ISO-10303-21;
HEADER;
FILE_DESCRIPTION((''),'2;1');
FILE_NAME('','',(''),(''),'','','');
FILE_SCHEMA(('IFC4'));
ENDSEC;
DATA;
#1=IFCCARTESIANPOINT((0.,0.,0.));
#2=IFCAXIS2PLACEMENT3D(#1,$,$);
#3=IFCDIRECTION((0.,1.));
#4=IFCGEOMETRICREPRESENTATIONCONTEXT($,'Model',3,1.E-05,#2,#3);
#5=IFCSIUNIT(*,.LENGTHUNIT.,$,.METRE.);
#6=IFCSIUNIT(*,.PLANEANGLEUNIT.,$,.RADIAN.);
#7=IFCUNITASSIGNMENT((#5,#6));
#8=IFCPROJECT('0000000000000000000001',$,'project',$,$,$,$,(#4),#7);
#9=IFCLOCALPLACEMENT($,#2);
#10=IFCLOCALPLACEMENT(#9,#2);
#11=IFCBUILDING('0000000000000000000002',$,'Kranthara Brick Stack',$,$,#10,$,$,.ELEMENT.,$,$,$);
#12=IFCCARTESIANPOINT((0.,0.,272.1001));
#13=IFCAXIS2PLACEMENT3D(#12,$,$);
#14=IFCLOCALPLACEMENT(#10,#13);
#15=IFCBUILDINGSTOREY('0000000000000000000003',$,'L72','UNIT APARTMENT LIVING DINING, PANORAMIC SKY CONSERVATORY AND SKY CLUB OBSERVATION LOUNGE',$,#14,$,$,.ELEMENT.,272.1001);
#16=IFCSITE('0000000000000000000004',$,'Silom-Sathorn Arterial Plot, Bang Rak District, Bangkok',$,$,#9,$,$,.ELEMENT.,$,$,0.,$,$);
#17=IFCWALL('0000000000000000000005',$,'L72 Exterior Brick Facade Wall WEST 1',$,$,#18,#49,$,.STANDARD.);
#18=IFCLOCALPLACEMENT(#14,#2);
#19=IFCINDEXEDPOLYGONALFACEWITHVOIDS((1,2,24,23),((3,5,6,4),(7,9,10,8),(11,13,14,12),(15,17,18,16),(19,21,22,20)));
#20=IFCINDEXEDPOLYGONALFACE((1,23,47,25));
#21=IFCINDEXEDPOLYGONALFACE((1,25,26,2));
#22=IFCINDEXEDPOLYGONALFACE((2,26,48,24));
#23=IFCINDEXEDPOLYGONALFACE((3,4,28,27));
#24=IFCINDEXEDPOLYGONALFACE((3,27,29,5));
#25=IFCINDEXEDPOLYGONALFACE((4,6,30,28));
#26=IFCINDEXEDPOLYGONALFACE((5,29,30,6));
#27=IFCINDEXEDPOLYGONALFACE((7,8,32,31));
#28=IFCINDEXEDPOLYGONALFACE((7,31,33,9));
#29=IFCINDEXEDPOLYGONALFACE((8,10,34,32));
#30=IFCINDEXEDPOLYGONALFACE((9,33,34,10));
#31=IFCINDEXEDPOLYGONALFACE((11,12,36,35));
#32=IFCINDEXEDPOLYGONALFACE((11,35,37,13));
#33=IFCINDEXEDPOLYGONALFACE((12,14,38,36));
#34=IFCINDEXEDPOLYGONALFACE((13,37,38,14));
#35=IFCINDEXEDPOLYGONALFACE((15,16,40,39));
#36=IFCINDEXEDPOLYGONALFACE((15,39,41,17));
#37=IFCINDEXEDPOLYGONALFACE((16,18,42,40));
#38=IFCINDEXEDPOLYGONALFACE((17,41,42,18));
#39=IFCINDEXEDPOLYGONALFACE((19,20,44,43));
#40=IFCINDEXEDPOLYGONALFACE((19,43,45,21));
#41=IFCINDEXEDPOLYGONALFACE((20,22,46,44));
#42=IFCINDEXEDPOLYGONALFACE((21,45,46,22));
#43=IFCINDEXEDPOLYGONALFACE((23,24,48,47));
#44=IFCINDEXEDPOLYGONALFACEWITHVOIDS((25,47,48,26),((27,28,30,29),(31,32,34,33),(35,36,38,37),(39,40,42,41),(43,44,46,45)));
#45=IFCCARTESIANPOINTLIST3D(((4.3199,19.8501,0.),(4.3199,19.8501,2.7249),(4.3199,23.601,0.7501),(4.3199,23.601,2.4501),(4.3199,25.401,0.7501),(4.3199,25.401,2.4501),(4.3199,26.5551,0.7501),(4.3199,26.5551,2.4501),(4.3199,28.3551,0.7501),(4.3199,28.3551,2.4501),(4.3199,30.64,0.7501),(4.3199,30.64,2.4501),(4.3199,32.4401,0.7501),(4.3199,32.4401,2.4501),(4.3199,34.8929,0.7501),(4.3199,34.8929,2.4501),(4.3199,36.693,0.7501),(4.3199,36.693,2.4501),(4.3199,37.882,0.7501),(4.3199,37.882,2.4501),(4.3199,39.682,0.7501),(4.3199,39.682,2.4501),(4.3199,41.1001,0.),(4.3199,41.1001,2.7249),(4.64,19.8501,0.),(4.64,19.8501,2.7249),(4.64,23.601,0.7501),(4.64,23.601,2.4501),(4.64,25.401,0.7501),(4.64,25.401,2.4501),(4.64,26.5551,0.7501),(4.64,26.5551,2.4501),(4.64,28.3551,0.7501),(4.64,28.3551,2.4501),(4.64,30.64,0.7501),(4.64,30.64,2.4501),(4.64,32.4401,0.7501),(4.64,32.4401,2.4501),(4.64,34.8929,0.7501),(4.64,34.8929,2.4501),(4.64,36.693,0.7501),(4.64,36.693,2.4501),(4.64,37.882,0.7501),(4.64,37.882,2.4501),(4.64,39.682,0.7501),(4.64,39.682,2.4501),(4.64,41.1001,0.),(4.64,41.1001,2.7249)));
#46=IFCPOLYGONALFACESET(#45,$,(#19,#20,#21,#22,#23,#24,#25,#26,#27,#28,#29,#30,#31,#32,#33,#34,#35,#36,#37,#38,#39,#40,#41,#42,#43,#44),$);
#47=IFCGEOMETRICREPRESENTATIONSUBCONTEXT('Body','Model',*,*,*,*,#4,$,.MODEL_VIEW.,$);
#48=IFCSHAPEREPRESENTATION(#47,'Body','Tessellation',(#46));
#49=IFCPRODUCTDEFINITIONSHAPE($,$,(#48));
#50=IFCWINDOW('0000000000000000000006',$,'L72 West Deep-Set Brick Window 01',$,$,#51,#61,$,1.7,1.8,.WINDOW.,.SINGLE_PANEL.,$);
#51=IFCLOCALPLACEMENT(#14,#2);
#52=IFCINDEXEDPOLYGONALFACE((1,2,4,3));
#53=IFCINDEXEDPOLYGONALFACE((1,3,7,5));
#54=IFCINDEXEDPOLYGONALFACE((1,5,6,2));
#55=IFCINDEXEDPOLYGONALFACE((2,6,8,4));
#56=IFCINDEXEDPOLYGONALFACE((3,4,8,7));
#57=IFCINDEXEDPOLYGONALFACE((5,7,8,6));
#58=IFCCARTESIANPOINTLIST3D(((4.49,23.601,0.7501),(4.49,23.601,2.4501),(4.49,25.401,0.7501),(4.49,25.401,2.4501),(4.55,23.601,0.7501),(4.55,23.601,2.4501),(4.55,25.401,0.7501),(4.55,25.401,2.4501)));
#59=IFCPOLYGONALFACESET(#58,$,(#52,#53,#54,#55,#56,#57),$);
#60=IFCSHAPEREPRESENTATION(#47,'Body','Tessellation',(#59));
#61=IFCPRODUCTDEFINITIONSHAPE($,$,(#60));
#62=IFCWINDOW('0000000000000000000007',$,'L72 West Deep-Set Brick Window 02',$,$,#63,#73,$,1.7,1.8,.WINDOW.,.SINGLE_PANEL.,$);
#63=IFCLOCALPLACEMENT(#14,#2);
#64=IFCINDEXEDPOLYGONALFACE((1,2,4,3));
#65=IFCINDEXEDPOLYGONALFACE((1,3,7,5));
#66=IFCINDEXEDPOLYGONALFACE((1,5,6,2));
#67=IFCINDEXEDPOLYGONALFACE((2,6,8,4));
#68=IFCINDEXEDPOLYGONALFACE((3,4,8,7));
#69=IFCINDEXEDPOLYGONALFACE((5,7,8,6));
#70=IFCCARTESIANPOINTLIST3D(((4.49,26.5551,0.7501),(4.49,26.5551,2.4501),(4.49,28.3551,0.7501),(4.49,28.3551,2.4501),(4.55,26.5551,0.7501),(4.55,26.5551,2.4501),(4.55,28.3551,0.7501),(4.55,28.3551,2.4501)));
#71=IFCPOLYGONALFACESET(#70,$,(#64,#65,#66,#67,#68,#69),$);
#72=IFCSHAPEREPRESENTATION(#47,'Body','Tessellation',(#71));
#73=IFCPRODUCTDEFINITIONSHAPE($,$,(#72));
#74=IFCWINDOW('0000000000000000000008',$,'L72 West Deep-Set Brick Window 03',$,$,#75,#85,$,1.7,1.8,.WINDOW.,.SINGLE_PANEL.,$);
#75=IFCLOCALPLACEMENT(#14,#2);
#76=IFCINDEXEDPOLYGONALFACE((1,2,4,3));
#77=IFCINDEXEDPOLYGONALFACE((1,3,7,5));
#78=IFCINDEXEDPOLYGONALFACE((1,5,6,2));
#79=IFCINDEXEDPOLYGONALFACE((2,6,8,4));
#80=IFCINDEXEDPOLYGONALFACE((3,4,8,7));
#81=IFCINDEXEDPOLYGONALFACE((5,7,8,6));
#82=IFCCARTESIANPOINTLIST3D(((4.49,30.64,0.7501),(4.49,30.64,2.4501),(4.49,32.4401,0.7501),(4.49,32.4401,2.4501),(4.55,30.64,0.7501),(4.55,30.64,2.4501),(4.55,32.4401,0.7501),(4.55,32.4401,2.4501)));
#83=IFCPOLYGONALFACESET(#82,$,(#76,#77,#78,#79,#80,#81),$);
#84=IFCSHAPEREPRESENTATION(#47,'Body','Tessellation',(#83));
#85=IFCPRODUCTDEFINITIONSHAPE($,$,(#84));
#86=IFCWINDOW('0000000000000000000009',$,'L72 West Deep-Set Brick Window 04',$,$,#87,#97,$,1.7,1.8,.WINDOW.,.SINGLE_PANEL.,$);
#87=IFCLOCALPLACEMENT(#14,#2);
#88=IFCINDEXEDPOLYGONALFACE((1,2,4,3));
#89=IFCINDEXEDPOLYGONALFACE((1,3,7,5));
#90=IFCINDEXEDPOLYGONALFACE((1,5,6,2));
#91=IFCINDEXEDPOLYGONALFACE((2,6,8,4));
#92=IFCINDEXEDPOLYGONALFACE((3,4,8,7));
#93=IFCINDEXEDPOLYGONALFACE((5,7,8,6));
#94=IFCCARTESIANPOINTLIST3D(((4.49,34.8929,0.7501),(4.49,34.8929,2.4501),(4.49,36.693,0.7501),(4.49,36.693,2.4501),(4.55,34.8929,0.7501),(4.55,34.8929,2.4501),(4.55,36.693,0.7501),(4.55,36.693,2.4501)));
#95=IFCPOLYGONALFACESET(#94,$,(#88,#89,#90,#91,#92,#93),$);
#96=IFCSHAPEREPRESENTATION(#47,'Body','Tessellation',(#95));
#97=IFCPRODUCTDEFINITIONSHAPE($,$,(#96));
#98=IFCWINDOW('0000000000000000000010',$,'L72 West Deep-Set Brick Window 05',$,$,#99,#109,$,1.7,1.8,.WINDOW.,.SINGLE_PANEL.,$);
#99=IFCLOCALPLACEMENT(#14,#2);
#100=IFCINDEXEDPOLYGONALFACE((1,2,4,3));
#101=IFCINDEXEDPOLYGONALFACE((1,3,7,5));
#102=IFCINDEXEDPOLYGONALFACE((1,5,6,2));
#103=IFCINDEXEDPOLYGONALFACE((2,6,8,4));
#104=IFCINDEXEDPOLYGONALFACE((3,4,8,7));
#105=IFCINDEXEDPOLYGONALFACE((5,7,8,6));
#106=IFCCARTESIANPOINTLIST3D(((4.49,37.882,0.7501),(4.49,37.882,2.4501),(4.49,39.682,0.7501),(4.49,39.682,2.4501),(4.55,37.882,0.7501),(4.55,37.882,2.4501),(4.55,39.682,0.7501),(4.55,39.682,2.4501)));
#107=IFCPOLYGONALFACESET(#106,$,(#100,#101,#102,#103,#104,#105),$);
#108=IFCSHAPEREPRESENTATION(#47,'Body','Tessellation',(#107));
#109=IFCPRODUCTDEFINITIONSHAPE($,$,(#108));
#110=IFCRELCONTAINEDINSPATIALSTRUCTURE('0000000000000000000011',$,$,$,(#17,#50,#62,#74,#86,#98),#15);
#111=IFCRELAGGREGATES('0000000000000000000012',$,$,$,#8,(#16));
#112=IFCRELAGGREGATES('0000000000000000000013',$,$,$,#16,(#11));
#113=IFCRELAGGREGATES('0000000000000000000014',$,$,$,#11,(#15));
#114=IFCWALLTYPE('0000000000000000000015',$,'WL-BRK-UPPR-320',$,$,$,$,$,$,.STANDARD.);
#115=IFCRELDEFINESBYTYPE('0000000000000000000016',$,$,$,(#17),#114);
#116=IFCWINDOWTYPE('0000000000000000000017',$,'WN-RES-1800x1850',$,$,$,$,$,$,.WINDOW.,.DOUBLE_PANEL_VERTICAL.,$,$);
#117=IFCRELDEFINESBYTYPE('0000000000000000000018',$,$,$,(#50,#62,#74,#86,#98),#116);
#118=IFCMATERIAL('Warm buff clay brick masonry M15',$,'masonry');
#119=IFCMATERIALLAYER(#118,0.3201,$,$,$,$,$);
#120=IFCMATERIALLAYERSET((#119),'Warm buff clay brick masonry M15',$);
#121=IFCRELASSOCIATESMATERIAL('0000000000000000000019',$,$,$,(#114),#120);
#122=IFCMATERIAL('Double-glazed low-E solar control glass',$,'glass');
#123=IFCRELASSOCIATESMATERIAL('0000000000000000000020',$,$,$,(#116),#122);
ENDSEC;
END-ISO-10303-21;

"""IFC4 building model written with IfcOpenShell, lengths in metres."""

from ifc_helpers import new_model, si_unit, direction, frame, frame_2d, origin, place, context, subcontext, project, spatial, rectangle, extrude, material, layer, layer_set, type_object, element, fill, save


model = new_model("IFC4")

# Units and contexts
model_context = context("Model", 3, precision=1e-05, world=origin(), true_north=direction((0.0, 1.0)))
body_context = subcontext(model_context, "Body", "Model", "MODEL_VIEW")
ifc_project = project(units=[si_unit("LENGTHUNIT", "METRE"), si_unit("PLANEANGLEUNIT", "RADIAN")], contexts=[model_context])

# Site, building, storey
site_placement = place(None, origin())
site = spatial("IfcSite", under=ifc_project, at=site_placement, Name="Silom-Sathorn Arterial Plot, Bang Rak District, Bangkok", CompositionType="ELEMENT", RefElevation=0.0)
building_placement = place(site_placement, origin())
building = spatial("IfcBuilding", under=site, at=building_placement, Name="Kranthara Brick Stack", CompositionType="ELEMENT")
storey_placement = place(building_placement, frame((0.0, 0.0, 272.1001)))
storey = spatial("IfcBuildingStorey", under=building, at=storey_placement, Name="L72", Description="UNIT APARTMENT LIVING DINING, PANORAMIC SKY CONSERVATORY AND SKY CLUB OBSERVATION LOUNGE", CompositionType="ELEMENT", Elevation=272.1001)

# Wall, openings, windows
ifc_material_1 = material(Name="Warm buff clay brick masonry M15", Category="masonry")
ifc_layer_1 = layer(ifc_material_1, 0.3201)
ifc_layer_set_1 = layer_set([ifc_layer_1], Name="Warm buff clay brick masonry M15")
wall_type_1 = type_object("IfcWallType", Name="WL-BRK-UPPR-320", PredefinedType="STANDARD", material=ifc_layer_set_1)
wall_1_placement = place(storey_placement, frame((4.48, 19.8501, 0.0), z_axis=(0.0, 0.0, 1.0), x_axis=(0.0, 1.0, 0.0)))
wall_1 = element("IfcWall", 1, at=wall_1_placement, inside=storey, type_object=wall_type_1, Name="L72 Exterior Brick Facade Wall WEST 1", PredefinedType="STANDARD", context=body_context, shape_type="SweptSolid", body=[
    extrude(rectangle(XDim=21.25, YDim=0.3201, at=frame_2d((10.625, 0.0))), origin(), (0.0, 0.0, 1.0), 2.7249),
])
opening_1_placement = place(wall_1_placement, frame((3.751, 0.0, 0.75)))
opening_1 = element("IfcOpeningElement", 2, at=opening_1_placement, cuts=wall_1, PredefinedType="OPENING", context=body_context, shape_type="SweptSolid", body=[
    extrude(rectangle(XDim=1.8, YDim=1.7, at=frame_2d((0.8999, 0.8501))), frame((0.0, 0.1699, 0.0), z_axis=(0.0, -1.0, 0.0), x_axis=(1.0, 0.0, 0.0)), (0.0, 0.0, 1.0), 0.3401),
])
opening_2_placement = place(wall_1_placement, frame((6.7051, 0.0, 0.75)))
opening_2 = element("IfcOpeningElement", 3, at=opening_2_placement, cuts=wall_1, PredefinedType="OPENING", context=body_context, shape_type="SweptSolid", body=[
    extrude(rectangle(XDim=1.8, YDim=1.7, at=frame_2d((0.8999, 0.8501))), frame((0.0, 0.1699, 0.0), z_axis=(0.0, -1.0, 0.0), x_axis=(1.0, 0.0, 0.0)), (0.0, 0.0, 1.0), 0.3401),
])
opening_3_placement = place(wall_1_placement, frame((10.79, 0.0, 0.75)))
opening_3 = element("IfcOpeningElement", 4, at=opening_3_placement, cuts=wall_1, PredefinedType="OPENING", context=body_context, shape_type="SweptSolid", body=[
    extrude(rectangle(XDim=1.8, YDim=1.7, at=frame_2d((0.8999, 0.8501))), frame((0.0, 0.1699, 0.0), z_axis=(0.0, -1.0, 0.0), x_axis=(1.0, 0.0, 0.0)), (0.0, 0.0, 1.0), 0.3401),
])
opening_4_placement = place(wall_1_placement, frame((15.043, 0.0, 0.75)))
opening_4 = element("IfcOpeningElement", 5, at=opening_4_placement, cuts=wall_1, PredefinedType="OPENING", context=body_context, shape_type="SweptSolid", body=[
    extrude(rectangle(XDim=1.8, YDim=1.7, at=frame_2d((0.8999, 0.8501))), frame((0.0, 0.1699, 0.0), z_axis=(0.0, -1.0, 0.0), x_axis=(1.0, 0.0, 0.0)), (0.0, 0.0, 1.0), 0.3401),
])
opening_5_placement = place(wall_1_placement, frame((18.032, 0.0, 0.75)))
opening_5 = element("IfcOpeningElement", 6, at=opening_5_placement, cuts=wall_1, PredefinedType="OPENING", context=body_context, shape_type="SweptSolid", body=[
    extrude(rectangle(XDim=1.8, YDim=1.7, at=frame_2d((0.8999, 0.8501))), frame((0.0, 0.1699, 0.0), z_axis=(0.0, -1.0, 0.0), x_axis=(1.0, 0.0, 0.0)), (0.0, 0.0, 1.0), 0.3401),
])
ifc_material_2 = material(Name="Double-glazed low-E solar control glass", Category="glass")
window_type = type_object("IfcWindowType", Name="WN-RES-1800x1850", PartitioningType="DOUBLE_PANEL_VERTICAL", PredefinedType="WINDOW", material=ifc_material_2)
window_1_placement = place(opening_1_placement, origin())
window_1 = element("IfcWindow", 7, at=window_1_placement, inside=storey, type_object=window_type, Name="L72 West Deep-Set Brick Window 01", OverallHeight=1.7, OverallWidth=1.8, PartitioningType="SINGLE_PANEL", PredefinedType="WINDOW", context=body_context, shape_type="SweptSolid", body=[
    extrude(rectangle(XDim=1.8, YDim=1.7, at=frame_2d((0.8999, 0.8501))), frame((0.0, -0.01, 0.0), z_axis=(0.0, -1.0, 0.0), x_axis=(1.0, 0.0, 0.0)), (0.0, 0.0, 1.0), 0.0601),
])
fill(opening_1, window_1)
window_2_placement = place(opening_2_placement, origin())
window_2 = element("IfcWindow", 8, at=window_2_placement, inside=storey, type_object=window_type, Name="L72 West Deep-Set Brick Window 02", OverallHeight=1.7, OverallWidth=1.8, PartitioningType="SINGLE_PANEL", PredefinedType="WINDOW", context=body_context, shape_type="SweptSolid", body=[
    extrude(rectangle(XDim=1.8, YDim=1.7, at=frame_2d((0.8999, 0.8501))), frame((0.0, -0.01, 0.0), z_axis=(0.0, -1.0, 0.0), x_axis=(1.0, 0.0, 0.0)), (0.0, 0.0, 1.0), 0.0601),
])
fill(opening_2, window_2)
window_3_placement = place(opening_3_placement, origin())
window_3 = element("IfcWindow", 9, at=window_3_placement, inside=storey, type_object=window_type, Name="L72 West Deep-Set Brick Window 03", OverallHeight=1.7, OverallWidth=1.8, PartitioningType="SINGLE_PANEL", PredefinedType="WINDOW", context=body_context, shape_type="SweptSolid", body=[
    extrude(rectangle(XDim=1.8, YDim=1.7, at=frame_2d((0.8999, 0.8501))), frame((0.0, -0.01, 0.0), z_axis=(0.0, -1.0, 0.0), x_axis=(1.0, 0.0, 0.0)), (0.0, 0.0, 1.0), 0.0601),
])
fill(opening_3, window_3)
window_4_placement = place(opening_4_placement, origin())
window_4 = element("IfcWindow", 10, at=window_4_placement, inside=storey, type_object=window_type, Name="L72 West Deep-Set Brick Window 04", OverallHeight=1.7, OverallWidth=1.8, PartitioningType="SINGLE_PANEL", PredefinedType="WINDOW", context=body_context, shape_type="SweptSolid", body=[
    extrude(rectangle(XDim=1.8, YDim=1.7, at=frame_2d((0.8999, 0.8501))), frame((0.0, -0.01, 0.0), z_axis=(0.0, -1.0, 0.0), x_axis=(1.0, 0.0, 0.0)), (0.0, 0.0, 1.0), 0.0601),
])
fill(opening_4, window_4)
window_5_placement = place(opening_5_placement, origin())
window_5 = element("IfcWindow", 11, at=window_5_placement, inside=storey, type_object=window_type, Name="L72 West Deep-Set Brick Window 05", OverallHeight=1.7, OverallWidth=1.8, PartitioningType="SINGLE_PANEL", PredefinedType="WINDOW", context=body_context, shape_type="SweptSolid", body=[
    extrude(rectangle(XDim=1.8, YDim=1.7, at=frame_2d((0.8999, 0.8501))), frame((0.0, -0.01, 0.0), z_axis=(0.0, -1.0, 0.0), x_axis=(1.0, 0.0, 0.0)), (0.0, 0.0, 1.0), 0.0601),
])
fill(opening_5, window_5)

save(model, "model.ifc")
